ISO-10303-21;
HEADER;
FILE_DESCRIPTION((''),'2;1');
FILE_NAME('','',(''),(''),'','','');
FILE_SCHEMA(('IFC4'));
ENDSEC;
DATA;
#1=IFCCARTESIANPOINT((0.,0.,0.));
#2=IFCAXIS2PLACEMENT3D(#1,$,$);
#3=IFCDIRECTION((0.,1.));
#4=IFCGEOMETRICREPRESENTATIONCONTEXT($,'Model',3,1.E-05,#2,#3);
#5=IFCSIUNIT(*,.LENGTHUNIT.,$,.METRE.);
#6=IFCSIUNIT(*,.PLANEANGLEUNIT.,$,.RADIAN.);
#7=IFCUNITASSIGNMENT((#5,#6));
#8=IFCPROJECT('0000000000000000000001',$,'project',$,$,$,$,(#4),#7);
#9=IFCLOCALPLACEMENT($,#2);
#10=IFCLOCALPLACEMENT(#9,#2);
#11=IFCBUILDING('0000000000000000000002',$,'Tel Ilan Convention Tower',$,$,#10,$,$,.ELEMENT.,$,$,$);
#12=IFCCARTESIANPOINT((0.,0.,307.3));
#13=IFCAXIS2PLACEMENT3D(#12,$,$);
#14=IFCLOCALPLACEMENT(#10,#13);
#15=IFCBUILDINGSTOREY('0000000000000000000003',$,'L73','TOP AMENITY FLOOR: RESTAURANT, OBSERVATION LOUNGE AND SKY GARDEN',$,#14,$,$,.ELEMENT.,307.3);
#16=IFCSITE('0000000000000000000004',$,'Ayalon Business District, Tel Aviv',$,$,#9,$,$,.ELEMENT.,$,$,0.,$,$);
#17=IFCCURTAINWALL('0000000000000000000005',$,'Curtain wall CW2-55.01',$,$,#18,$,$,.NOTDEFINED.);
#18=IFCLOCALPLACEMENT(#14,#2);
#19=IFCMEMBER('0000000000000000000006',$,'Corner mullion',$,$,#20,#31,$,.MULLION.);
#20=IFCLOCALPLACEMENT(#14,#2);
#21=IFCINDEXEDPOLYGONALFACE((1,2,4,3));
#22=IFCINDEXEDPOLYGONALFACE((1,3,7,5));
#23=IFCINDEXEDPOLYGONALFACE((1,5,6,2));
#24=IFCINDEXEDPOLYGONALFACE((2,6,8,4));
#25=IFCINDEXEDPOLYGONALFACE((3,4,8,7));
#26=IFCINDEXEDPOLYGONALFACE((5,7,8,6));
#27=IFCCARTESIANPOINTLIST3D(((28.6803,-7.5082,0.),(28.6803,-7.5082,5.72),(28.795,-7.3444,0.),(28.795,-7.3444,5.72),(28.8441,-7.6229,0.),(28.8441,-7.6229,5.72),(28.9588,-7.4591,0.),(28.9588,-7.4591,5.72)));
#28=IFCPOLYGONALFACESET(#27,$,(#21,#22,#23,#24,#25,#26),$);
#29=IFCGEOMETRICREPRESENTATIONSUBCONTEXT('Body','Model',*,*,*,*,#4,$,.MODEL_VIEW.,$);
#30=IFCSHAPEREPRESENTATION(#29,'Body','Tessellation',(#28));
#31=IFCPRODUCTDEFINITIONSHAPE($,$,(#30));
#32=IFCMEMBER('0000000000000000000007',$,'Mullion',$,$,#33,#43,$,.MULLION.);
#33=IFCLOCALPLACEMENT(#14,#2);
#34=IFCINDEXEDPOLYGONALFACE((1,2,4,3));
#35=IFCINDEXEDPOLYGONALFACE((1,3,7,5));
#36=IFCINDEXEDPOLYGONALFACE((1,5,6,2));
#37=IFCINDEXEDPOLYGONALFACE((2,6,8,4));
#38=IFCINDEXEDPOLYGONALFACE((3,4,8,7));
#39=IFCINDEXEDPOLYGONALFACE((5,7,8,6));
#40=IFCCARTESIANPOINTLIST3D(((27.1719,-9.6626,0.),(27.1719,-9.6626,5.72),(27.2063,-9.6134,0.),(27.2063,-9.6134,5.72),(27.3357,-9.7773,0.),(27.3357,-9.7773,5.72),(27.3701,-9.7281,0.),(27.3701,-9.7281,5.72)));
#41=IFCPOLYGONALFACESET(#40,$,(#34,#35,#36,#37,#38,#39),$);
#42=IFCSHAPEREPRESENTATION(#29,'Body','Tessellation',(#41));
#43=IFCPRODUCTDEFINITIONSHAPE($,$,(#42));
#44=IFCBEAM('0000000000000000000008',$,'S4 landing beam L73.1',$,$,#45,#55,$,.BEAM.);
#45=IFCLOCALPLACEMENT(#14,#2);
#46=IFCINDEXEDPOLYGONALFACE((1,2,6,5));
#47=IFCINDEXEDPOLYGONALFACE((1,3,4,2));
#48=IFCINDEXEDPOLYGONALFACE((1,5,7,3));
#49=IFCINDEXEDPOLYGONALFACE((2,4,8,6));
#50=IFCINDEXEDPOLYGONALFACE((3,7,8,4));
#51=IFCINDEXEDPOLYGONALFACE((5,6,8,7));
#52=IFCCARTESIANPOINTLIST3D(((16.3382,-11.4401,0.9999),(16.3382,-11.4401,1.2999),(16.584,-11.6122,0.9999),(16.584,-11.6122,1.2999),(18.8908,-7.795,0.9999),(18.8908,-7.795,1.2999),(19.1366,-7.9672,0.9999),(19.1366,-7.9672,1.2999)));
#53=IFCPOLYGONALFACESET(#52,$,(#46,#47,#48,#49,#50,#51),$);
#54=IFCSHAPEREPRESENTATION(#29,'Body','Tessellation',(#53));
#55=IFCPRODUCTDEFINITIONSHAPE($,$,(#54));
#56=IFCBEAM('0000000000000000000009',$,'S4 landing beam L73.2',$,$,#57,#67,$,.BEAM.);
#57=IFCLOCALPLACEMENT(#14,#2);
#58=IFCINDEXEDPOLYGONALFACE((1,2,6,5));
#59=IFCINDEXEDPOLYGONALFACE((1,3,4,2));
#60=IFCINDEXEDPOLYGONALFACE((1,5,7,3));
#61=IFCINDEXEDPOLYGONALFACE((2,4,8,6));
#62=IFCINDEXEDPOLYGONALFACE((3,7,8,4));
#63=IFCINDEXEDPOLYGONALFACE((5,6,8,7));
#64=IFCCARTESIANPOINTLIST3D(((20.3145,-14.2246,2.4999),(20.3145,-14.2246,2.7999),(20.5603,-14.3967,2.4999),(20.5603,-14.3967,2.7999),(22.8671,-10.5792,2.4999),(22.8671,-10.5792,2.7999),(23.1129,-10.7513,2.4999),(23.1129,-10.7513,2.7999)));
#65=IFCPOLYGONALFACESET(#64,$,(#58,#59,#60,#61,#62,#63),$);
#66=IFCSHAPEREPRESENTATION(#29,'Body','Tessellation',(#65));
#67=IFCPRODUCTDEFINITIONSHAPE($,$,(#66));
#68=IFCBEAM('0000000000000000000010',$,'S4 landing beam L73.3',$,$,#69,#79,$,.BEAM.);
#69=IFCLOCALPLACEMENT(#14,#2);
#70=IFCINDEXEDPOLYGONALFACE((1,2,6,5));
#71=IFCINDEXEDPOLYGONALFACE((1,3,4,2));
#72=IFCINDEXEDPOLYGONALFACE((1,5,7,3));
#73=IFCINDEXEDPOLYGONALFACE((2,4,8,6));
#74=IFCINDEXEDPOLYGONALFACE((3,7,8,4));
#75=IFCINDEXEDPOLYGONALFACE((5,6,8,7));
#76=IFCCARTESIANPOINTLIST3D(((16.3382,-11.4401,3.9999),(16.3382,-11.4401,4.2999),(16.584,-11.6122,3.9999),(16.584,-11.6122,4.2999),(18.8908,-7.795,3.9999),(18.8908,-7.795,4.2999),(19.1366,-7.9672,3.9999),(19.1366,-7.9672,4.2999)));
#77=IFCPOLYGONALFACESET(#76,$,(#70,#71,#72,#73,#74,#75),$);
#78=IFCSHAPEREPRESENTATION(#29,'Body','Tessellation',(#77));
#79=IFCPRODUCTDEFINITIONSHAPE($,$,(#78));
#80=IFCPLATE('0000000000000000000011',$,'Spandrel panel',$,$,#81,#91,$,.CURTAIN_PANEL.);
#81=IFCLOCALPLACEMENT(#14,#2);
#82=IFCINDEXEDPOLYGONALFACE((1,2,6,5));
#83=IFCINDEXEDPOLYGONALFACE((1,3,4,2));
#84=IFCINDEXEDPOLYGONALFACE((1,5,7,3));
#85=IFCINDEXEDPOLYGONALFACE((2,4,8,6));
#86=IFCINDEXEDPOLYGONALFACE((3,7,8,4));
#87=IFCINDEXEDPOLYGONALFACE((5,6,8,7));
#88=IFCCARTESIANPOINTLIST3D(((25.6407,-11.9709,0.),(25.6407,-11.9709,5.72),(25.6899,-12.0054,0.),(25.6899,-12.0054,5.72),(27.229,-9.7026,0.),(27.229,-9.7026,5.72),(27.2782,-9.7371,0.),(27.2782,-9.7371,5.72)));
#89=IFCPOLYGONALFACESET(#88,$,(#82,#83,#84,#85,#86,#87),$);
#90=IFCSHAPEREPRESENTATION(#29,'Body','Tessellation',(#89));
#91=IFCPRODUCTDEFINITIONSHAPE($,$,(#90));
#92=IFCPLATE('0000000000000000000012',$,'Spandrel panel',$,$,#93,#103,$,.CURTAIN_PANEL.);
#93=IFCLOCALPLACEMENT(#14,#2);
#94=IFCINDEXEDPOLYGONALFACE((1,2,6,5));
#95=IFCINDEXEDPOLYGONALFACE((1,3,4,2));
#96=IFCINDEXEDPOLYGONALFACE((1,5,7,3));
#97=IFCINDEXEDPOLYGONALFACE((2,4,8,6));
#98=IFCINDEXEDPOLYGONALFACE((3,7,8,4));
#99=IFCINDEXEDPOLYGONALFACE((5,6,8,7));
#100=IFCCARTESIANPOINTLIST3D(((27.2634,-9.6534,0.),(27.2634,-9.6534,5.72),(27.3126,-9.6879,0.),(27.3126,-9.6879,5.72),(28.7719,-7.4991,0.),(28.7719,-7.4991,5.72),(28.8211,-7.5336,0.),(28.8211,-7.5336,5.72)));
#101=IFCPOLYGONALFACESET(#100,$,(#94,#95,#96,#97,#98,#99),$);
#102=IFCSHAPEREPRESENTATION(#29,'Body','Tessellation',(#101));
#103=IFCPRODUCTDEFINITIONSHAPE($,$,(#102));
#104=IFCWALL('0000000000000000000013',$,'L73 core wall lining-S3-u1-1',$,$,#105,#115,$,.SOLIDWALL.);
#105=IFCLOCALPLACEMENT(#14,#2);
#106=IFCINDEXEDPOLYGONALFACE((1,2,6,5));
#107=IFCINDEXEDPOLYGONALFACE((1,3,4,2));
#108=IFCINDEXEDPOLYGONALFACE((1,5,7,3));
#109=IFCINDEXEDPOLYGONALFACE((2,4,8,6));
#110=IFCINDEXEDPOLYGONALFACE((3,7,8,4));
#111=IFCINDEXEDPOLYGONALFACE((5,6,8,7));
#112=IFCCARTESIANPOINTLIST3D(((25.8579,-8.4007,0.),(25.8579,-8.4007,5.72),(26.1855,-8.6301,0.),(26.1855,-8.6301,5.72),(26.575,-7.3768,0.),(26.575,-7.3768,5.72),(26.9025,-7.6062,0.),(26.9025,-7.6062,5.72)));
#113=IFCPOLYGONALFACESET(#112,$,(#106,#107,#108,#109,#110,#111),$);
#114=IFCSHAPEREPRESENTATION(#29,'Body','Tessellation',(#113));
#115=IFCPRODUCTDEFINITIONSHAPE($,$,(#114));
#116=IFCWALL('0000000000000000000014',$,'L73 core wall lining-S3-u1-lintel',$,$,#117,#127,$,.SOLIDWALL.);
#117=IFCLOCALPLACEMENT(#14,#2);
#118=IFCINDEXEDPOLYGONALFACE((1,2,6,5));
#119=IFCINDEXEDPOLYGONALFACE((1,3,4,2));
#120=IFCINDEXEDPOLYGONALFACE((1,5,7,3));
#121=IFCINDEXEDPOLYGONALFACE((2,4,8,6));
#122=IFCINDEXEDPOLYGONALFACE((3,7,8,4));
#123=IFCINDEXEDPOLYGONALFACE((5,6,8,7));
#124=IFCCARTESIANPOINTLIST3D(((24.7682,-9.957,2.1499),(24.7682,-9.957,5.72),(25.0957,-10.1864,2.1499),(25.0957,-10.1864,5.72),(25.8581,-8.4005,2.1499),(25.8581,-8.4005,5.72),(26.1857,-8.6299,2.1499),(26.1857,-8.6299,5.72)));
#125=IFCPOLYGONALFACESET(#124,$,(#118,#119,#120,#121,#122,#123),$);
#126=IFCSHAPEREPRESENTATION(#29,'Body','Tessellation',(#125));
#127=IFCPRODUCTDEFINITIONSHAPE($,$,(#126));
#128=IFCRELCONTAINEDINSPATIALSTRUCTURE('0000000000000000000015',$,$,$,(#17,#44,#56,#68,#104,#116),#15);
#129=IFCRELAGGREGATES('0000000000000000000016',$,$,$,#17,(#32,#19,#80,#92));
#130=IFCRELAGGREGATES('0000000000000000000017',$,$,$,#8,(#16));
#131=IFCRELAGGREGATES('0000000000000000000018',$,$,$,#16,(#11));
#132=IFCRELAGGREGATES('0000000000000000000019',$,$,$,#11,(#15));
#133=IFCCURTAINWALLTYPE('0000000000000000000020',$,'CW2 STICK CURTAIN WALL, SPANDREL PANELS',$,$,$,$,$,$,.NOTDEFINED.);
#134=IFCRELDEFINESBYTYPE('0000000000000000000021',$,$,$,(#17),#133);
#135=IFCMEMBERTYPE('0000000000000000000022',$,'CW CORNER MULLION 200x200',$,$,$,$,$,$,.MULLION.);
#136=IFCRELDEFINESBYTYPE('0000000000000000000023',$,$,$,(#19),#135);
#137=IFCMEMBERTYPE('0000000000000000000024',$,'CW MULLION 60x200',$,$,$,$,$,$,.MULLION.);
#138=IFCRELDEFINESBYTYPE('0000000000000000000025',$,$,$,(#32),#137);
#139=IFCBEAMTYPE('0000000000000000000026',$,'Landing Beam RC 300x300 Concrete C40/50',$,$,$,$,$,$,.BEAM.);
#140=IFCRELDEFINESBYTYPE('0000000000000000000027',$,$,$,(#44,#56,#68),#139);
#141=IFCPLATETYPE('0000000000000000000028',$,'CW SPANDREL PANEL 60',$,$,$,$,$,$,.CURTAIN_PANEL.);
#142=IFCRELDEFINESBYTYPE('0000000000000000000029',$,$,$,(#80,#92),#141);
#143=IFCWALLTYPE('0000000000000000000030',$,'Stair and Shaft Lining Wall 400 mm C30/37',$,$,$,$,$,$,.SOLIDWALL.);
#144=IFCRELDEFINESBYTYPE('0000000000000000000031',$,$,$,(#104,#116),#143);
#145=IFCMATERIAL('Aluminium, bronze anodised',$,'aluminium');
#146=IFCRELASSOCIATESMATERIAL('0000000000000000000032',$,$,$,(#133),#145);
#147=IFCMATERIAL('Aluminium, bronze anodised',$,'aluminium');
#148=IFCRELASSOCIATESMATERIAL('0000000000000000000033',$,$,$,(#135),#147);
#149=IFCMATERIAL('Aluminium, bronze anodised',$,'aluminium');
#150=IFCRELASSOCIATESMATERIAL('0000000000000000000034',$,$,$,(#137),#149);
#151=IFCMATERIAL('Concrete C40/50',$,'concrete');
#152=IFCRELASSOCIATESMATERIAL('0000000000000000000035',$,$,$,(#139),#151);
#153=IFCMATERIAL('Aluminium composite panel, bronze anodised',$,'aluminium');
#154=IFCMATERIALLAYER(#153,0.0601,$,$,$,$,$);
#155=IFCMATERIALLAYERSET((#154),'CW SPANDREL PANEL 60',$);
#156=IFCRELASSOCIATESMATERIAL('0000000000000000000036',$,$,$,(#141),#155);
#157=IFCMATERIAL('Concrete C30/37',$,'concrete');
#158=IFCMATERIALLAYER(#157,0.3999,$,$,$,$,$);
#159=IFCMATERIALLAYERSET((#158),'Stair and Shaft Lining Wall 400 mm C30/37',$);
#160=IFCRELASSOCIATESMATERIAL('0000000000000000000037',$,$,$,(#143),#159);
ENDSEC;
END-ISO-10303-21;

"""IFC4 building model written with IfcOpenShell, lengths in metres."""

from ifc_helpers import new_model, si_unit, direction, frame, frame_2d, origin, origin_2d, place, context, subcontext, project, spatial, rectangle, extrude, material, layer, layer_set, material_profile, profile_set, type_object, element, aggregate, save


model = new_model("IFC4")

# Units and contexts
model_context = context("Model", 3, precision=1e-05, world=origin(), true_north=direction((0.0, 1.0)))
body_context = subcontext(model_context, "Body", "Model", "MODEL_VIEW")
ifc_project = project(units=[si_unit("LENGTHUNIT", "METRE"), si_unit("PLANEANGLEUNIT", "RADIAN")], contexts=[model_context])

# Site, building, storey
site_placement = place(None, origin())
site = spatial("IfcSite", under=ifc_project, at=site_placement, Name="Ayalon Business District, Tel Aviv", CompositionType="ELEMENT", RefElevation=0.0)
building_placement = place(site_placement, origin())
building = spatial("IfcBuilding", under=site, at=building_placement, Name="Tel Ilan Convention Tower", CompositionType="ELEMENT")
storey_placement = place(building_placement, frame((0.0, 0.0, 307.3)))
storey = spatial("IfcBuildingStorey", under=building, at=storey_placement, Name="L73", Description="TOP AMENITY FLOOR: RESTAURANT, OBSERVATION LOUNGE AND SKY GARDEN", CompositionType="ELEMENT", Elevation=307.3)

# Curtain wall, members
ifc_material_1 = material(Name="Aluminium, bronze anodised", Category="aluminium")
curtain_wall_type = type_object("IfcCurtainWallType", Name="CW2 STICK CURTAIN WALL, SPANDREL PANELS", PredefinedType="NOTDEFINED", material=ifc_material_1)
curtain_wall_placement = place(storey_placement, origin())
curtain_wall = element("IfcCurtainWall", 1, at=curtain_wall_placement, inside=storey, type_object=curtain_wall_type, Name="Curtain wall CW2-55.01", PredefinedType="NOTDEFINED")
ifc_material_2 = material(Name="Aluminium, bronze anodised", Category="aluminium")
ifc_material_profile_1 = material_profile(ifc_material_2, rectangle(XDim=0.2, YDim=0.2, at=origin_2d()), Name="CW CORNER MULLION 200x200")
ifc_profile_set_1 = profile_set([ifc_material_profile_1], Name="Aluminium, bronze anodised")
member_type_1 = type_object("IfcMemberType", Name="CW CORNER MULLION 200x200", PredefinedType="MULLION", material=ifc_profile_set_1)
member_1_placement = place(storey_placement, frame((28.8196, -7.4836, 0.0), z_axis=(0.0, 0.0, 1.0), x_axis=(0.573576, 0.819152, 0.0)))
member_1 = element("IfcMember", 2, at=member_1_placement, type_object=member_type_1, Name="Corner mullion", PredefinedType="MULLION", context=body_context, shape_type="SweptSolid", body=[
    extrude(rectangle(XDim=0.2, YDim=0.2, at=origin_2d()), origin(), (0.0, 0.0, 1.0), 5.72),
])
ifc_material_3 = material(Name="Aluminium, bronze anodised", Category="aluminium")
ifc_material_profile_2 = material_profile(ifc_material_3, rectangle(XDim=0.0601, YDim=0.2, at=origin_2d()), Name="CW MULLION 60x200")
ifc_profile_set_2 = profile_set([ifc_material_profile_2], Name="Aluminium, bronze anodised")
member_type_2 = type_object("IfcMemberType", Name="CW MULLION 60x200", PredefinedType="MULLION", material=ifc_profile_set_2)
member_2_placement = place(storey_placement, frame((27.271, -9.6953, 0.0), z_axis=(0.0, 0.0, 1.0), x_axis=(0.573576, 0.819152, 0.0)))
member_2 = element("IfcMember", 3, at=member_2_placement, type_object=member_type_2, Name="Mullion", PredefinedType="MULLION", context=body_context, shape_type="SweptSolid", body=[
    extrude(rectangle(XDim=0.0601, YDim=0.2, at=origin_2d()), origin(), (0.0, 0.0, 1.0), 5.72),
])

# Beams
ifc_material_4 = material(Name="Concrete C40/50", Category="concrete")
ifc_material_profile_3 = material_profile(ifc_material_4, rectangle(XDim=0.3, YDim=0.3, at=origin_2d()), Name="RC 300x300")
ifc_profile_set_3 = profile_set([ifc_material_profile_3], Name="Concrete C40/50")
beam_type = type_object("IfcBeamType", Name="Landing Beam RC 300x300 Concrete C40/50", PredefinedType="BEAM", material=ifc_profile_set_3)
beam_1_placement = place(storey_placement, frame((19.0137, -7.8811, 1.1499), z_axis=(-0.57361, -0.819129, 0.0), x_axis=(0.819129, -0.57361, 0.0)))
element("IfcBeam", 4, at=beam_1_placement, inside=storey, type_object=beam_type, Name="S4 landing beam L73.1", PredefinedType="BEAM", context=body_context, shape_type="SweptSolid", body=[
    extrude(rectangle(XDim=0.3, YDim=0.3, at=origin_2d()), origin(), (0.0, 0.0, 1.0), 4.45),
])
beam_2_placement = place(storey_placement, frame((22.99, -10.6653, 2.6499), z_axis=(-0.573584, -0.819147, 0.0), x_axis=(0.819147, -0.573584, 0.0)))
element("IfcBeam", 5, at=beam_2_placement, inside=storey, type_object=beam_type, Name="S4 landing beam L73.2", PredefinedType="BEAM", context=body_context, shape_type="SweptSolid", body=[
    extrude(rectangle(XDim=0.3, YDim=0.3, at=origin_2d()), origin(), (0.0, 0.0, 1.0), 4.4502),
])
beam_3_placement = place(storey_placement, frame((19.0137, -7.8811, 4.1499), z_axis=(-0.57361, -0.819129, 0.0), x_axis=(0.819129, -0.57361, 0.0)))
element("IfcBeam", 6, at=beam_3_placement, inside=storey, type_object=beam_type, Name="S4 landing beam L73.3", PredefinedType="BEAM", context=body_context, shape_type="SweptSolid", body=[
    extrude(rectangle(XDim=0.3, YDim=0.3, at=origin_2d()), origin(), (0.0, 0.0, 1.0), 4.45),
])

# Plates
ifc_material_5 = material(Name="Aluminium composite panel, bronze anodised", Category="aluminium")
ifc_layer_1 = layer(ifc_material_5, 0.0601)
ifc_layer_set_1 = layer_set([ifc_layer_1], Name="CW SPANDREL PANEL 60")
plate_type = type_object("IfcPlateType", Name="CW SPANDREL PANEL 60", PredefinedType="CURTAIN_PANEL", material=ifc_layer_set_1)
plate_1_placement = place(storey_placement, frame((26.4595, -10.854, 0.0), z_axis=(0.0, 0.0, 1.0), x_axis=(0.573576, 0.819152, 0.0)))
plate_1 = element("IfcPlate", 7, at=plate_1_placement, type_object=plate_type, Name="Spandrel panel", PredefinedType="CURTAIN_PANEL", context=body_context, shape_type="SweptSolid", body=[
    extrude(rectangle(XDim=2.769, YDim=0.0601, at=origin_2d()), origin(), (0.0, 0.0, 1.0), 5.72),
])
plate_2_placement = place(storey_placement, frame((28.0422, -8.5935, 0.0), z_axis=(0.0, 0.0, 1.0), x_axis=(0.573576, 0.819152, 0.0)))
plate_2 = element("IfcPlate", 8, at=plate_2_placement, type_object=plate_type, Name="Spandrel panel", PredefinedType="CURTAIN_PANEL", context=body_context, shape_type="SweptSolid", body=[
    extrude(rectangle(XDim=2.6299, YDim=0.0601, at=origin_2d()), origin(), (0.0, 0.0, 1.0), 5.72),
])
aggregate(curtain_wall, [member_2, member_1, plate_1, plate_2])

# Walls
ifc_material_6 = material(Name="Concrete C30/37", Category="concrete")
ifc_layer_2 = layer(ifc_material_6, 0.3999)
ifc_layer_set_2 = layer_set([ifc_layer_2], Name="Stair and Shaft Lining Wall 400 mm C30/37")
wall_type = type_object("IfcWallType", Name="Stair and Shaft Lining Wall 400 mm C30/37", PredefinedType="SOLIDWALL", material=ifc_layer_set_2)
wall_1_placement = place(storey_placement, frame((26.0217, -8.5154, 0.0), z_axis=(0.0, 0.0, 1.0), x_axis=(0.57362, 0.819122, 0.0)))
element("IfcWall", 9, at=wall_1_placement, inside=storey, type_object=wall_type, Name="L73 core wall lining-S3-u1-1", PredefinedType="SOLIDWALL", context=body_context, shape_type="SweptSolid", body=[
    extrude(rectangle(XDim=1.25, YDim=0.3999, at=frame_2d((0.625, 0.0))), origin(), (0.0, 0.0, 1.0), 5.72),
])
wall_2_placement = place(storey_placement, frame((24.9319, -10.0718, 2.1499), z_axis=(0.0, 0.0, 1.0), x_axis=(0.573592, 0.819141, 0.0)))
element("IfcWall", 10, at=wall_2_placement, inside=storey, type_object=wall_type, Name="L73 core wall lining-S3-u1-lintel", PredefinedType="SOLIDWALL", context=body_context, shape_type="SweptSolid", body=[
    extrude(rectangle(XDim=1.9001, YDim=0.3999, at=frame_2d((0.9502, 0.0))), origin(), (0.0, 0.0, 1.0), 3.5701),
])

save(model, "model.ifc")
